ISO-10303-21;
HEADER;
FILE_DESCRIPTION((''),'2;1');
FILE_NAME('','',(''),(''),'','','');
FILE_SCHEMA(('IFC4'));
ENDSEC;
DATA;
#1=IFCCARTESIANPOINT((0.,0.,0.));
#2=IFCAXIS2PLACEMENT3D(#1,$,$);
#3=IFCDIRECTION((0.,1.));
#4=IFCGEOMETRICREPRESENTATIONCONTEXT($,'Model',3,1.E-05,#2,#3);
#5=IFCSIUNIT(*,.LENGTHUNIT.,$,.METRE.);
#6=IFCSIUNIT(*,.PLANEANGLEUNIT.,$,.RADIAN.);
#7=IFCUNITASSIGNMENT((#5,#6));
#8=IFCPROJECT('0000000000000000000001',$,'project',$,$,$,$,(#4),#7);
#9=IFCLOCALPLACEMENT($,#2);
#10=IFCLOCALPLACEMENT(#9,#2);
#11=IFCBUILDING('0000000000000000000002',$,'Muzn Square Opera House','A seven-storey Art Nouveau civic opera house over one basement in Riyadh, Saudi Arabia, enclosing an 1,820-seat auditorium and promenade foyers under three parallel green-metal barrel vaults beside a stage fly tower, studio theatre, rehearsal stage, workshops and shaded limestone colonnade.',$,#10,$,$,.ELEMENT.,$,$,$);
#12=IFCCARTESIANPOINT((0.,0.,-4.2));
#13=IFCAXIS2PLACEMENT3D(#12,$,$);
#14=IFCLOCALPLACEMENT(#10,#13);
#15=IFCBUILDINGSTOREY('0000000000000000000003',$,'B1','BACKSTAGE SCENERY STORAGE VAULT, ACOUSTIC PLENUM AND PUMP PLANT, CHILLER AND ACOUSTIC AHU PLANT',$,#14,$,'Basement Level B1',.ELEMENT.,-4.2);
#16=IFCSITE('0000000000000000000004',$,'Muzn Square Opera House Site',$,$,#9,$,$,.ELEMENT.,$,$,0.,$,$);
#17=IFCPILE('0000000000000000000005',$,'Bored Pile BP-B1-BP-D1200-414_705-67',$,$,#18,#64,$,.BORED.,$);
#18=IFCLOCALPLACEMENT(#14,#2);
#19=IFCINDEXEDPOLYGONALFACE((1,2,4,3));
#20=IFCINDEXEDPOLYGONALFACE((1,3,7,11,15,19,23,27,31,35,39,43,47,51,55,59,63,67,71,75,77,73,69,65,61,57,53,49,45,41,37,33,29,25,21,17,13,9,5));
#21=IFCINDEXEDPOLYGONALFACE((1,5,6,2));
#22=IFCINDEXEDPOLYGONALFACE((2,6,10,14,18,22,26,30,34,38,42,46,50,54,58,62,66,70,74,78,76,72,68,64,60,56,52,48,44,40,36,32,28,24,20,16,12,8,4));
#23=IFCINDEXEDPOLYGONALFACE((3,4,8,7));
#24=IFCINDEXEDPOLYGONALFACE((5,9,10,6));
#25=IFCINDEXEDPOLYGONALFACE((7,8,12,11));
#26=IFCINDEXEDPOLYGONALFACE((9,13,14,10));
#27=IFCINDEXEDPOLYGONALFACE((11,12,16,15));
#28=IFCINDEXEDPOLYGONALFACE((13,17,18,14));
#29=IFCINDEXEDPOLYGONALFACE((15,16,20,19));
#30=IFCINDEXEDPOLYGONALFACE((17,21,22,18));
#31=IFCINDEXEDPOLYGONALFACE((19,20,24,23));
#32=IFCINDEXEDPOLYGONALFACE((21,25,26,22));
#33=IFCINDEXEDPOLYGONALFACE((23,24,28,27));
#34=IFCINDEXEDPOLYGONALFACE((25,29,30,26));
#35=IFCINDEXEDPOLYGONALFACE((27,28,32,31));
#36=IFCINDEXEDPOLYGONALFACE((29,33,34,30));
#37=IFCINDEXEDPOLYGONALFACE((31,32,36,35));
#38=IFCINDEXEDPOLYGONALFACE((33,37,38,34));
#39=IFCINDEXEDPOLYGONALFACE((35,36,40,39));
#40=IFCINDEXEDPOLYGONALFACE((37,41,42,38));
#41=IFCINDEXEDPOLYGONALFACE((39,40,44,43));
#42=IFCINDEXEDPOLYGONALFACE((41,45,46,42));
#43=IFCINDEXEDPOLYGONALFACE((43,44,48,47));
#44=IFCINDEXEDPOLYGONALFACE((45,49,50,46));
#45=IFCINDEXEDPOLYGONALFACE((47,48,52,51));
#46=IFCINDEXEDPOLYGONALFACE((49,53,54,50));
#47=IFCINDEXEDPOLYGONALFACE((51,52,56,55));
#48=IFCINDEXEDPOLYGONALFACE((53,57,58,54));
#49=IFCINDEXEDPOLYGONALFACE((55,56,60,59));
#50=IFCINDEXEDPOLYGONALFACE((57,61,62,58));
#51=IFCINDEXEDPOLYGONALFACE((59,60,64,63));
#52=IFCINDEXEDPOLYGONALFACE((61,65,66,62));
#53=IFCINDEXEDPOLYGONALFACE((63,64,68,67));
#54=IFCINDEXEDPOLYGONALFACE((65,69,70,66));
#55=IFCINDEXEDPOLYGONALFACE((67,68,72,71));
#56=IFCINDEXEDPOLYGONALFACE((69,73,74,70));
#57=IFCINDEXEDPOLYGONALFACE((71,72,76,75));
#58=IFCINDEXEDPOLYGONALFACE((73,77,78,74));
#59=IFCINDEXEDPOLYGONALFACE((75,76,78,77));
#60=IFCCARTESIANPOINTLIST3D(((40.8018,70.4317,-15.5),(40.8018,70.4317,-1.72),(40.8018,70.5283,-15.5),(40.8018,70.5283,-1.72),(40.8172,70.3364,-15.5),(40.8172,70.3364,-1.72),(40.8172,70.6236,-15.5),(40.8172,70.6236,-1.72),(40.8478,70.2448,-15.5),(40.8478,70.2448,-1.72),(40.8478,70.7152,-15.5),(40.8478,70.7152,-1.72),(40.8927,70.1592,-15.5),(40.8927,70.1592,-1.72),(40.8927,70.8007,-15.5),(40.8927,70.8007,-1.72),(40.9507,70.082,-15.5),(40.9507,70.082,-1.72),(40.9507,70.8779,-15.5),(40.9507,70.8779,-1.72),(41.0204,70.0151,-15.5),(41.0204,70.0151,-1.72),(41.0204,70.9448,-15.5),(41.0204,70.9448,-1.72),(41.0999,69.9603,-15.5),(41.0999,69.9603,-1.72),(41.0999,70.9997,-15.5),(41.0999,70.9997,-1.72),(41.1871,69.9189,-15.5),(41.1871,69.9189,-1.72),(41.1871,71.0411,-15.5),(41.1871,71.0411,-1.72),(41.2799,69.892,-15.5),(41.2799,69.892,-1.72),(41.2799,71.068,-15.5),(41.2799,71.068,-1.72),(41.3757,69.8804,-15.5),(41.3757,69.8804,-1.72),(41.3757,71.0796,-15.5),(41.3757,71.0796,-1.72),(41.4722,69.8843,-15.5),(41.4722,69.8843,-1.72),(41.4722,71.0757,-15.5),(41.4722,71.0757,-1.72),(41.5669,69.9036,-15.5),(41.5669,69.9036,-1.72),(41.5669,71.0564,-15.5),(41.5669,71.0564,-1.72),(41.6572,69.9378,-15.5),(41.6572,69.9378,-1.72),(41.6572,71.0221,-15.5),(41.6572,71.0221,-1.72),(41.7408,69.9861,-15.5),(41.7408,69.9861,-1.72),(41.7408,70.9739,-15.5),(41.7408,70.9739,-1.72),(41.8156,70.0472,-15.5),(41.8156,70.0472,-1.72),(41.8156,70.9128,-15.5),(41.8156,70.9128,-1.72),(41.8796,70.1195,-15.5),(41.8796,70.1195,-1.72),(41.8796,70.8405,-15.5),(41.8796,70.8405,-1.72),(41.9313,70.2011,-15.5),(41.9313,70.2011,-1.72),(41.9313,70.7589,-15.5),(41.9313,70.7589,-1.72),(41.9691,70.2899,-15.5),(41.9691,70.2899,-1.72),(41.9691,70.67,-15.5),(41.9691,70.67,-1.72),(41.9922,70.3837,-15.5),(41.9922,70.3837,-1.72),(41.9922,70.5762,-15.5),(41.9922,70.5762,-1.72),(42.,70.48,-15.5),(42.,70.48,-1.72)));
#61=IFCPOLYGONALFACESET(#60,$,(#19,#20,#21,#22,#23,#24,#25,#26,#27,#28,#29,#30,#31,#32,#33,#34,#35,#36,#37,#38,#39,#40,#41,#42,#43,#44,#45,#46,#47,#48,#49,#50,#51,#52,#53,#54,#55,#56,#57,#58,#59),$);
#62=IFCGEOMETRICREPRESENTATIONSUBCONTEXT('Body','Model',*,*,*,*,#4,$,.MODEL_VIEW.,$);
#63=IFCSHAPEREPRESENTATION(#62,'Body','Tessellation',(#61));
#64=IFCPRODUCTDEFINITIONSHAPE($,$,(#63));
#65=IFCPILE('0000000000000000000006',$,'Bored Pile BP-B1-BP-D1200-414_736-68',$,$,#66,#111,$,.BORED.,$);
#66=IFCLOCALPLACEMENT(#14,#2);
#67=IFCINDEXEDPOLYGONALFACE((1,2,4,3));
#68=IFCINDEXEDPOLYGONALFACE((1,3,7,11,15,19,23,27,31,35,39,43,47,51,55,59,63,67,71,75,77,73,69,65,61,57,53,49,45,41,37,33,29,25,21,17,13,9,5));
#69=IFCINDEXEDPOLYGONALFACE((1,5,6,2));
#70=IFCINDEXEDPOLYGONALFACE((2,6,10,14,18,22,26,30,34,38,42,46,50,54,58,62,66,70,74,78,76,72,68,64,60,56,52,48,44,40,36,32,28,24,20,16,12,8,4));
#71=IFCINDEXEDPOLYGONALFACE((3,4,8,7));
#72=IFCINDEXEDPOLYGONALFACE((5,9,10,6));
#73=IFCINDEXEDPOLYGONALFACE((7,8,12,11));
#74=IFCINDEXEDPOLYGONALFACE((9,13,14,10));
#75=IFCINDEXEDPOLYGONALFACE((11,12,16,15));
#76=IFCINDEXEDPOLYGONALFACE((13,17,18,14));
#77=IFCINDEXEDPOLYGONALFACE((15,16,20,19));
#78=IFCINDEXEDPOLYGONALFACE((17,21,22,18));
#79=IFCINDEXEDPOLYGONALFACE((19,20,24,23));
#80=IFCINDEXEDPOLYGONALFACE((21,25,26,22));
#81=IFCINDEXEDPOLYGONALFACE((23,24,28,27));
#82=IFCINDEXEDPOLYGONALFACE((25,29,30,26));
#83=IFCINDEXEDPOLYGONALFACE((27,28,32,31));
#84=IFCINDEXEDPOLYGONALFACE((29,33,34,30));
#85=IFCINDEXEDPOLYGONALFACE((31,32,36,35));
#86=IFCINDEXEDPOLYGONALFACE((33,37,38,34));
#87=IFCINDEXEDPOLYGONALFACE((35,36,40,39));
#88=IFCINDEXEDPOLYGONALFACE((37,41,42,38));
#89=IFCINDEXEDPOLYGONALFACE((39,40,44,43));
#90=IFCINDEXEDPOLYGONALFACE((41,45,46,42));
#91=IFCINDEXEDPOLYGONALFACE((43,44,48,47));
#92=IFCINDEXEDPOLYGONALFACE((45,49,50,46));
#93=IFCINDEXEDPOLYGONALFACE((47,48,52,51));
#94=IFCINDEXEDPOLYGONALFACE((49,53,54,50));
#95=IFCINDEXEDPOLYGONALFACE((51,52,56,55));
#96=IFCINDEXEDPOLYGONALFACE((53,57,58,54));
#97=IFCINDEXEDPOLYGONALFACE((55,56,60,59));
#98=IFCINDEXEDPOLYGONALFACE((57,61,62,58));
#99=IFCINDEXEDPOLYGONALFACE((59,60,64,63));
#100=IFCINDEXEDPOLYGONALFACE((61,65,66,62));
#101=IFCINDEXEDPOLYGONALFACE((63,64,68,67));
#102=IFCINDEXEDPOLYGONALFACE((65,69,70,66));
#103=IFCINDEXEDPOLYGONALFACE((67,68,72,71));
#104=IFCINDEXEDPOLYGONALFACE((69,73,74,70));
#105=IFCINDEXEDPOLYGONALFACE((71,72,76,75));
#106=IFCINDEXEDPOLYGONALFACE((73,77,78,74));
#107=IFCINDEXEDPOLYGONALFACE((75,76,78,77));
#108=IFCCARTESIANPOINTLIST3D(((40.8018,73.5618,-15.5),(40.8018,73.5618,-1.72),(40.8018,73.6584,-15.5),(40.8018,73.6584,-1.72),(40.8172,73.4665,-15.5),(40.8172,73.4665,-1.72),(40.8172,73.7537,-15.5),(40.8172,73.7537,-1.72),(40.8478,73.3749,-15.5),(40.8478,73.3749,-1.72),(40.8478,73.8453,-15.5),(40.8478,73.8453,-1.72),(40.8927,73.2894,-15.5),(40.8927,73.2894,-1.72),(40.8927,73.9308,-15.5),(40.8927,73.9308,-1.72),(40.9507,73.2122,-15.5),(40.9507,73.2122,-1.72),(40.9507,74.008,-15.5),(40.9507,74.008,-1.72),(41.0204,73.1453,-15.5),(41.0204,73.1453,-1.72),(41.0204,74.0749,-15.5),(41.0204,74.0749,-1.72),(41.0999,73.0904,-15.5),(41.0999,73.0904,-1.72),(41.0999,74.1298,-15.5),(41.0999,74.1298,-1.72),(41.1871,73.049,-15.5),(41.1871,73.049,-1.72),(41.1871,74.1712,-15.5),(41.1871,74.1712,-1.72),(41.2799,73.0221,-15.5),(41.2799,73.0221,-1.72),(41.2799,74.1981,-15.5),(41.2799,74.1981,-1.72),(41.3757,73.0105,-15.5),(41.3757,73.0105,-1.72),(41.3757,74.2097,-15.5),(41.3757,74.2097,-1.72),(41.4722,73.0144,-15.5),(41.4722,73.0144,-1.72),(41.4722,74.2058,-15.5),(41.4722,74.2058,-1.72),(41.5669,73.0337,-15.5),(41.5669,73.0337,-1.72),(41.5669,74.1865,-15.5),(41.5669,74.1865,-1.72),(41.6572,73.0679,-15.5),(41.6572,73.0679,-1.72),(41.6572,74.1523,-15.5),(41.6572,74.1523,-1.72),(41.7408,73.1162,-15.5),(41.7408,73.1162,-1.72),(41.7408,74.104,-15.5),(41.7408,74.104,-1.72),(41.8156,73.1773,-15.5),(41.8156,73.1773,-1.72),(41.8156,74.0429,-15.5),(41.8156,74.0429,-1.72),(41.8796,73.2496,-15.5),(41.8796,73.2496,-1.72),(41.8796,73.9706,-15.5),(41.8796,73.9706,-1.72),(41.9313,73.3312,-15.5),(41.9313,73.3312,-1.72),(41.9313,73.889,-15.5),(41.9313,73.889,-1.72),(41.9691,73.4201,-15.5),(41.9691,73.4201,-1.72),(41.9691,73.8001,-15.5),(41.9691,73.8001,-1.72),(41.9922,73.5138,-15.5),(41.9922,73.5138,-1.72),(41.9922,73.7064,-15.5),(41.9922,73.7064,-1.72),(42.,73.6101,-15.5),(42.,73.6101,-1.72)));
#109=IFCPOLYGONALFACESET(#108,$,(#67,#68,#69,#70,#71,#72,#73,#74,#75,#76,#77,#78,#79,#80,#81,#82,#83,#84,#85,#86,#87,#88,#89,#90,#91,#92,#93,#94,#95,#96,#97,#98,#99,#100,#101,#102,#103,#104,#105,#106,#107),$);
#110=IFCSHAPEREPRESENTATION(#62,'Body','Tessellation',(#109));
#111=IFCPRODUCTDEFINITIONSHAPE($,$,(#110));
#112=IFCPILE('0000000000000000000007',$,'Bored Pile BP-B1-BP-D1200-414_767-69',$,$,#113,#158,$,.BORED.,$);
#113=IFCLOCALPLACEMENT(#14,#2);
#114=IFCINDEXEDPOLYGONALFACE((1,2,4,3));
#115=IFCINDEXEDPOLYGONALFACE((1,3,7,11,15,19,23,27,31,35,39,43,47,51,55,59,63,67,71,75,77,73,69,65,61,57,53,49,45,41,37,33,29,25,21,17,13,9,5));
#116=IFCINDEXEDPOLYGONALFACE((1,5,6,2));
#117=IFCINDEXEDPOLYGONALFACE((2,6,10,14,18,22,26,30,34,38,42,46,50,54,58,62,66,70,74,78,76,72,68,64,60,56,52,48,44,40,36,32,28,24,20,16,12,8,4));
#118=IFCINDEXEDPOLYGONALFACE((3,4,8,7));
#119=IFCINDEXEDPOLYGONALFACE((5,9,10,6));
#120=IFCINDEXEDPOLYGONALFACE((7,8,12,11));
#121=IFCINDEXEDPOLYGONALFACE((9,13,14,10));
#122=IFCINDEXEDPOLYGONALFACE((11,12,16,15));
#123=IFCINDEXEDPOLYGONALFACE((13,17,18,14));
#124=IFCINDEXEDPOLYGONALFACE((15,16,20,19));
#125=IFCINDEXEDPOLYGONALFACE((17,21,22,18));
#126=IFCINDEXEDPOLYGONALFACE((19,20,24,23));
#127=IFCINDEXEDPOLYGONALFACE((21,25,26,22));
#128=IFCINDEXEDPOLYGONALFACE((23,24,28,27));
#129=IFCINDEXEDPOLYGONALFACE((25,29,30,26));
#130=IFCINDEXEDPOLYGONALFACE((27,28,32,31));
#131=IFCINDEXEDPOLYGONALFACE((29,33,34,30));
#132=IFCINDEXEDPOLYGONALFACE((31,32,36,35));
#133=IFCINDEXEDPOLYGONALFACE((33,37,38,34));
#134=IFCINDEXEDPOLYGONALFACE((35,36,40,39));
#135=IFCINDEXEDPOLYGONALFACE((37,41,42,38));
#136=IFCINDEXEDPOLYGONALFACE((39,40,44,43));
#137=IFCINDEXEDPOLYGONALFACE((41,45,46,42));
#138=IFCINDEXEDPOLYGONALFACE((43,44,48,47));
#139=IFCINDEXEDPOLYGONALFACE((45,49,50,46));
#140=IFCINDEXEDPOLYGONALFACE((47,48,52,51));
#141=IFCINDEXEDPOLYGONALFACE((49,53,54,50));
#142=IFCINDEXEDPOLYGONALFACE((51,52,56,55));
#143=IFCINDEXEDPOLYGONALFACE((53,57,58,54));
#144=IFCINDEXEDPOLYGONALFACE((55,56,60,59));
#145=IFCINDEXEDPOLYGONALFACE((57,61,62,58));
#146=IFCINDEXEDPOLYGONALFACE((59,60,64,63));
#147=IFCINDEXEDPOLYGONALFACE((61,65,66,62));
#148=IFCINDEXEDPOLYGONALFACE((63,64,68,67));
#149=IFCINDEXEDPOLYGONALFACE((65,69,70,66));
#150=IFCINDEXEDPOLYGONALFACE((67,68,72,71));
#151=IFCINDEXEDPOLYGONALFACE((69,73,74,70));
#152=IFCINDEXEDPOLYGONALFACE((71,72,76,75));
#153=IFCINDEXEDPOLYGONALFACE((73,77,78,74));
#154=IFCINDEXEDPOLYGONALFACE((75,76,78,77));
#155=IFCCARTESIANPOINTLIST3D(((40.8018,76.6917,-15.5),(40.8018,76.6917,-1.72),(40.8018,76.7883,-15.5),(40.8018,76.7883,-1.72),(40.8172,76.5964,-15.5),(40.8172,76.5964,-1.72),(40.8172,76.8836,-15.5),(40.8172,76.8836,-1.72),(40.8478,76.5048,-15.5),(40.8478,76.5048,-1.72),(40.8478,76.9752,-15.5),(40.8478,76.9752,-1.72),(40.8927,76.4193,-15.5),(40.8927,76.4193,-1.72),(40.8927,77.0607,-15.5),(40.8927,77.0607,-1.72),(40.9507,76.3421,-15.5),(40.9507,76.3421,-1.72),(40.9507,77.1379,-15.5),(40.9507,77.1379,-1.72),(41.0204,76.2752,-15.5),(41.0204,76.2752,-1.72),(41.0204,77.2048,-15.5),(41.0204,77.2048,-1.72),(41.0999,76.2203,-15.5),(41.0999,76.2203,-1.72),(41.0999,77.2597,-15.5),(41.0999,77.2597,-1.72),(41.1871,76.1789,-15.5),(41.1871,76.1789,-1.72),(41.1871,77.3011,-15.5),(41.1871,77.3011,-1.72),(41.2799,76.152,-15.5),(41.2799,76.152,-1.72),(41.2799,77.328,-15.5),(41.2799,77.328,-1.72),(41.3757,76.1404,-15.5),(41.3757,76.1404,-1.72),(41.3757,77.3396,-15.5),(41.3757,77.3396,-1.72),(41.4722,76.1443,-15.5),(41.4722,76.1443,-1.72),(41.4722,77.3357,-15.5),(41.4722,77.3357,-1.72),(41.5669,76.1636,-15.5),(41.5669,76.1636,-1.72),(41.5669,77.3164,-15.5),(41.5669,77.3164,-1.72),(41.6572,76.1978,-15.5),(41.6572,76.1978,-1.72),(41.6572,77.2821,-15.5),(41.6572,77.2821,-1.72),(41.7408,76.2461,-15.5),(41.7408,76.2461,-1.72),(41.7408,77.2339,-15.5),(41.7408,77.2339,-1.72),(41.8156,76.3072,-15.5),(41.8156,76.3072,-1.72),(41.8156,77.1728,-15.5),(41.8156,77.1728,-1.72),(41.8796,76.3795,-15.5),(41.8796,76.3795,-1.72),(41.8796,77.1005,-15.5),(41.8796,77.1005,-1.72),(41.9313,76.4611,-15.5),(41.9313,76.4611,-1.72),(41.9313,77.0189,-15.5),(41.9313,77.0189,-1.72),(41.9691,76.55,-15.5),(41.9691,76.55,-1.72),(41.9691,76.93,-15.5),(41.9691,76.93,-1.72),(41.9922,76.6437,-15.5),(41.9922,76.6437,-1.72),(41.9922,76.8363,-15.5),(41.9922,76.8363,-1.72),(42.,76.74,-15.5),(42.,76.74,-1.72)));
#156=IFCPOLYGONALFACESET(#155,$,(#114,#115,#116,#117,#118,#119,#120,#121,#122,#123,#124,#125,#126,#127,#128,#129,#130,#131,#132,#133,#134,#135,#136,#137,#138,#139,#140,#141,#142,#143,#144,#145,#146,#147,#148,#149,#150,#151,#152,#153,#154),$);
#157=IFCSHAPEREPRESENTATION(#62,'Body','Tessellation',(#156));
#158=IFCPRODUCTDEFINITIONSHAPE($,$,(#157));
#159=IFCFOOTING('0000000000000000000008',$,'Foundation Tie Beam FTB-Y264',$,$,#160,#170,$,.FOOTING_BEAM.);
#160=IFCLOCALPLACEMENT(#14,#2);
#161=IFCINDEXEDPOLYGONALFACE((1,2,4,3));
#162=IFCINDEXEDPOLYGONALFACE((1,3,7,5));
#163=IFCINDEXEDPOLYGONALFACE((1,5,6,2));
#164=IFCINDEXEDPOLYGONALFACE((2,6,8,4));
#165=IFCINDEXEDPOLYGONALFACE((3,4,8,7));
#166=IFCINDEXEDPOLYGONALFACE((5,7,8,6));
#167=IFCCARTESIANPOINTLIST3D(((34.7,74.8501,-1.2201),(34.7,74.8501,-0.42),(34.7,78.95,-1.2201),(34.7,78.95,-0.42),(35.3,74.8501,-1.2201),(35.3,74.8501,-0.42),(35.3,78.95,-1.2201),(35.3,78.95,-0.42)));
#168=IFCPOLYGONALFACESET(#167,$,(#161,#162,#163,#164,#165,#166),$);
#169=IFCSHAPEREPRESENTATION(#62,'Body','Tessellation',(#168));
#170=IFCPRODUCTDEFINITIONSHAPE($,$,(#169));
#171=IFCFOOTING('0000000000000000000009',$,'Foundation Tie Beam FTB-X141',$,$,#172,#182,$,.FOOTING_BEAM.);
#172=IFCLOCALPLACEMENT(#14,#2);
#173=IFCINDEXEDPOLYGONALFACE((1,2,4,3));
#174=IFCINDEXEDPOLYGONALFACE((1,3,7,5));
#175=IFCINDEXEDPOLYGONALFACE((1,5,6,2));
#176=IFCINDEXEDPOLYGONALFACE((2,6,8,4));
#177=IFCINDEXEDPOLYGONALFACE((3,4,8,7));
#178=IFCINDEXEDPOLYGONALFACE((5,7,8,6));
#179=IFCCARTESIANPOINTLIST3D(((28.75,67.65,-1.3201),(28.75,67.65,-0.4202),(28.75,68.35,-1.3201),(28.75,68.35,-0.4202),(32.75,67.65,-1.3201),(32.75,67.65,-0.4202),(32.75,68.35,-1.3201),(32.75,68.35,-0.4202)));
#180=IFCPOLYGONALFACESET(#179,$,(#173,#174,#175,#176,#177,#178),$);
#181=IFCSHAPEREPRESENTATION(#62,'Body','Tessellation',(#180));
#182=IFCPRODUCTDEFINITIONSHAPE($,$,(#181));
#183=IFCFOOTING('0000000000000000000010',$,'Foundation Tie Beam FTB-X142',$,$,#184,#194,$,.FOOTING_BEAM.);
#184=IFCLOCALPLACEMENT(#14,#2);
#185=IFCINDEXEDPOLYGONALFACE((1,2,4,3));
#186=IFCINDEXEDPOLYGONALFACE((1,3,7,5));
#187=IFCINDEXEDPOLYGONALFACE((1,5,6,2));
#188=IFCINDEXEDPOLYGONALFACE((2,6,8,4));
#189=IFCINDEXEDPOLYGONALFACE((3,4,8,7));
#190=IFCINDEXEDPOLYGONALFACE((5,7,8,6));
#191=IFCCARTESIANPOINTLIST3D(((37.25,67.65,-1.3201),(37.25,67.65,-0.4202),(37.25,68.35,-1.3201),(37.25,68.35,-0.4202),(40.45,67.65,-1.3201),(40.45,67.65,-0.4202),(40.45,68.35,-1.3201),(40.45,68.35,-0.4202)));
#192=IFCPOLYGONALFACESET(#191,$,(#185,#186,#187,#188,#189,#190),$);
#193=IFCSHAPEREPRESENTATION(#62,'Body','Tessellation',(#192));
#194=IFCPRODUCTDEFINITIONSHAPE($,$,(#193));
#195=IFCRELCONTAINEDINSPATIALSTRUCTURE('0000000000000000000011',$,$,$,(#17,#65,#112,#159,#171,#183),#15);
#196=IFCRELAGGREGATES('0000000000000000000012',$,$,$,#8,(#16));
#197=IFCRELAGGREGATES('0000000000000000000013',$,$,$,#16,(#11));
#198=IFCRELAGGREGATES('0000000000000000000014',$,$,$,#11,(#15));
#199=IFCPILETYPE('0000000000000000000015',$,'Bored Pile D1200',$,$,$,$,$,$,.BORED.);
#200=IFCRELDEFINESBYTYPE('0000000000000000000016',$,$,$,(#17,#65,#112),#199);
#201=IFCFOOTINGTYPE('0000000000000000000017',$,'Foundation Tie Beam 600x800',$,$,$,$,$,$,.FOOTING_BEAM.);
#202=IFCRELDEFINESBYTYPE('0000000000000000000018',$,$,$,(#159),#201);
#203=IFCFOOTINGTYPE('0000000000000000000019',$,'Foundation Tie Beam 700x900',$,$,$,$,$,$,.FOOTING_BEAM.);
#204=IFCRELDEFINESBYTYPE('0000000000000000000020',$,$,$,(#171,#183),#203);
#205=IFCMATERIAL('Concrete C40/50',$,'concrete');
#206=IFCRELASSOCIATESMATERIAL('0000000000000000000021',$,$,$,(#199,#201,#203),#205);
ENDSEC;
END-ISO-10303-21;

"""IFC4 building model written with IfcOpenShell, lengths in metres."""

from ifc_helpers import new_model, si_unit, direction, frame, origin, origin_2d, place, context, subcontext, project, spatial, rectangle, circle, extrude, material, material_profile, profile_set, type_object, element, save


model = new_model("IFC4")

# Units and contexts
model_context = context("Model", 3, precision=1e-05, world=origin(), true_north=direction((0.0, 1.0)))
body_context = subcontext(model_context, "Body", "Model", "MODEL_VIEW")
ifc_project = project(units=[si_unit("LENGTHUNIT", "METRE"), si_unit("PLANEANGLEUNIT", "RADIAN")], contexts=[model_context])

# Site, building, storey
site_placement = place(None, origin())
site = spatial("IfcSite", under=ifc_project, at=site_placement, Name="Muzn Square Opera House Site", CompositionType="ELEMENT", RefElevation=0.0)
building_placement = place(site_placement, origin())
building = spatial("IfcBuilding", under=site, at=building_placement, Name="Muzn Square Opera House", Description="A seven-storey Art Nouveau civic opera house over one basement in Riyadh, Saudi Arabia, enclosing an 1,820-seat auditorium and promenade foyers under three parallel green-metal barrel vaults beside a stage fly tower, studio theatre, rehearsal stage, workshops and shaded limestone colonnade.", CompositionType="ELEMENT")
storey_placement = place(building_placement, frame((0.0, 0.0, -4.2)))
storey = spatial("IfcBuildingStorey", under=building, at=storey_placement, Name="B1", Description="BACKSTAGE SCENERY STORAGE VAULT, ACOUSTIC PLENUM AND PUMP PLANT, CHILLER AND ACOUSTIC AHU PLANT", LongName="Basement Level B1", CompositionType="ELEMENT", Elevation=-4.2)

# Piles
ifc_material_1 = material(Name="Concrete C40/50", Category="concrete")
ifc_material_profile_1 = material_profile(ifc_material_1, circle(Radius=0.6001, at=origin_2d()), Name="BORED PILE D1200", Category="concrete")
ifc_profile_set_1 = profile_set([ifc_material_profile_1], Name="Concrete C40/50")
pile_type_1 = type_object("IfcPileType", Name="Bored Pile D1200", PredefinedType="BORED", material=ifc_profile_set_1)
for number, where, z_axis, x_axis, name in (
    (1, (41.3999, 70.48, -1.72), (0.0, 0.0, -1.0), (1.0, 0.0, 0.0), "Bored Pile BP-B1-BP-D1200-414_705-67"),
    (2, (41.3999, 73.6101, -1.72), (0.0, 0.0, -1.0), (1.0, 0.0, 0.0), "Bored Pile BP-B1-BP-D1200-414_736-68"),
    (3, (41.3999, 76.74, -1.72), (0.0, 0.0, -1.0), (1.0, 0.0, 0.0), "Bored Pile BP-B1-BP-D1200-414_767-69"),
):
    element("IfcPile", number, at=place(storey_placement, frame(where, z_axis=z_axis, x_axis=x_axis)), inside=storey, type_object=pile_type_1, Name=name, PredefinedType="BORED", context=body_context, shape_type="SweptSolid", body=[
        extrude(circle(Radius=0.6001, at=origin_2d()), origin(), (0.0, 0.0, 1.0), 13.78),
    ])

# Footings
ifc_material_profile_2 = material_profile(ifc_material_1, rectangle(XDim=0.6001, YDim=0.8, at=origin_2d()), Name="RCTB 600x800", Category="concrete")
ifc_profile_set_2 = profile_set([ifc_material_profile_2], Name="Concrete C40/50")
footing_type_1 = type_object("IfcFootingType", Name="Foundation Tie Beam 600x800", PredefinedType="FOOTING_BEAM", material=ifc_profile_set_2)
footing_1_placement = place(storey_placement, frame((35.0, 74.8501, -0.8201), z_axis=(0.0, 1.0, 0.0), x_axis=(-1.0, 0.0, 0.0)))
element("IfcFooting", 4, at=footing_1_placement, inside=storey, type_object=footing_type_1, Name="Foundation Tie Beam FTB-Y264", PredefinedType="FOOTING_BEAM", context=body_context, shape_type="SweptSolid", body=[
    extrude(rectangle(XDim=0.6001, YDim=0.8, at=origin_2d()), origin(), (0.0, 0.0, 1.0), 4.0999),
])
ifc_material_profile_3 = material_profile(ifc_material_1, rectangle(XDim=0.7, YDim=0.8999, at=origin_2d()), Name="RCTB 700x900", Category="concrete")
ifc_profile_set_3 = profile_set([ifc_material_profile_3], Name="Concrete C40/50")
footing_type_2 = type_object("IfcFootingType", Name="Foundation Tie Beam 700x900", PredefinedType="FOOTING_BEAM", material=ifc_profile_set_3)
footing_2_placement = place(storey_placement, frame((28.75, 68.0, -0.8701), z_axis=(1.0, 0.0, 0.0), x_axis=(0.0, 1.0, 0.0)))
element("IfcFooting", 5, at=footing_2_placement, inside=storey, type_object=footing_type_2, Name="Foundation Tie Beam FTB-X141", PredefinedType="FOOTING_BEAM", context=body_context, shape_type="SweptSolid", body=[
    extrude(rectangle(XDim=0.7, YDim=0.8999, at=origin_2d()), origin(), (0.0, 0.0, 1.0), 4.0),
])
footing_3_placement = place(storey_placement, frame((37.25, 68.0, -0.8701), z_axis=(1.0, 0.0, 0.0), x_axis=(0.0, 1.0, 0.0)))
element("IfcFooting", 6, at=footing_3_placement, inside=storey, type_object=footing_type_2, Name="Foundation Tie Beam FTB-X142", PredefinedType="FOOTING_BEAM", context=body_context, shape_type="SweptSolid", body=[
    extrude(rectangle(XDim=0.7, YDim=0.8999, at=origin_2d()), origin(), (0.0, 0.0, 1.0), 3.2),
])

save(model, "model.ifc")
